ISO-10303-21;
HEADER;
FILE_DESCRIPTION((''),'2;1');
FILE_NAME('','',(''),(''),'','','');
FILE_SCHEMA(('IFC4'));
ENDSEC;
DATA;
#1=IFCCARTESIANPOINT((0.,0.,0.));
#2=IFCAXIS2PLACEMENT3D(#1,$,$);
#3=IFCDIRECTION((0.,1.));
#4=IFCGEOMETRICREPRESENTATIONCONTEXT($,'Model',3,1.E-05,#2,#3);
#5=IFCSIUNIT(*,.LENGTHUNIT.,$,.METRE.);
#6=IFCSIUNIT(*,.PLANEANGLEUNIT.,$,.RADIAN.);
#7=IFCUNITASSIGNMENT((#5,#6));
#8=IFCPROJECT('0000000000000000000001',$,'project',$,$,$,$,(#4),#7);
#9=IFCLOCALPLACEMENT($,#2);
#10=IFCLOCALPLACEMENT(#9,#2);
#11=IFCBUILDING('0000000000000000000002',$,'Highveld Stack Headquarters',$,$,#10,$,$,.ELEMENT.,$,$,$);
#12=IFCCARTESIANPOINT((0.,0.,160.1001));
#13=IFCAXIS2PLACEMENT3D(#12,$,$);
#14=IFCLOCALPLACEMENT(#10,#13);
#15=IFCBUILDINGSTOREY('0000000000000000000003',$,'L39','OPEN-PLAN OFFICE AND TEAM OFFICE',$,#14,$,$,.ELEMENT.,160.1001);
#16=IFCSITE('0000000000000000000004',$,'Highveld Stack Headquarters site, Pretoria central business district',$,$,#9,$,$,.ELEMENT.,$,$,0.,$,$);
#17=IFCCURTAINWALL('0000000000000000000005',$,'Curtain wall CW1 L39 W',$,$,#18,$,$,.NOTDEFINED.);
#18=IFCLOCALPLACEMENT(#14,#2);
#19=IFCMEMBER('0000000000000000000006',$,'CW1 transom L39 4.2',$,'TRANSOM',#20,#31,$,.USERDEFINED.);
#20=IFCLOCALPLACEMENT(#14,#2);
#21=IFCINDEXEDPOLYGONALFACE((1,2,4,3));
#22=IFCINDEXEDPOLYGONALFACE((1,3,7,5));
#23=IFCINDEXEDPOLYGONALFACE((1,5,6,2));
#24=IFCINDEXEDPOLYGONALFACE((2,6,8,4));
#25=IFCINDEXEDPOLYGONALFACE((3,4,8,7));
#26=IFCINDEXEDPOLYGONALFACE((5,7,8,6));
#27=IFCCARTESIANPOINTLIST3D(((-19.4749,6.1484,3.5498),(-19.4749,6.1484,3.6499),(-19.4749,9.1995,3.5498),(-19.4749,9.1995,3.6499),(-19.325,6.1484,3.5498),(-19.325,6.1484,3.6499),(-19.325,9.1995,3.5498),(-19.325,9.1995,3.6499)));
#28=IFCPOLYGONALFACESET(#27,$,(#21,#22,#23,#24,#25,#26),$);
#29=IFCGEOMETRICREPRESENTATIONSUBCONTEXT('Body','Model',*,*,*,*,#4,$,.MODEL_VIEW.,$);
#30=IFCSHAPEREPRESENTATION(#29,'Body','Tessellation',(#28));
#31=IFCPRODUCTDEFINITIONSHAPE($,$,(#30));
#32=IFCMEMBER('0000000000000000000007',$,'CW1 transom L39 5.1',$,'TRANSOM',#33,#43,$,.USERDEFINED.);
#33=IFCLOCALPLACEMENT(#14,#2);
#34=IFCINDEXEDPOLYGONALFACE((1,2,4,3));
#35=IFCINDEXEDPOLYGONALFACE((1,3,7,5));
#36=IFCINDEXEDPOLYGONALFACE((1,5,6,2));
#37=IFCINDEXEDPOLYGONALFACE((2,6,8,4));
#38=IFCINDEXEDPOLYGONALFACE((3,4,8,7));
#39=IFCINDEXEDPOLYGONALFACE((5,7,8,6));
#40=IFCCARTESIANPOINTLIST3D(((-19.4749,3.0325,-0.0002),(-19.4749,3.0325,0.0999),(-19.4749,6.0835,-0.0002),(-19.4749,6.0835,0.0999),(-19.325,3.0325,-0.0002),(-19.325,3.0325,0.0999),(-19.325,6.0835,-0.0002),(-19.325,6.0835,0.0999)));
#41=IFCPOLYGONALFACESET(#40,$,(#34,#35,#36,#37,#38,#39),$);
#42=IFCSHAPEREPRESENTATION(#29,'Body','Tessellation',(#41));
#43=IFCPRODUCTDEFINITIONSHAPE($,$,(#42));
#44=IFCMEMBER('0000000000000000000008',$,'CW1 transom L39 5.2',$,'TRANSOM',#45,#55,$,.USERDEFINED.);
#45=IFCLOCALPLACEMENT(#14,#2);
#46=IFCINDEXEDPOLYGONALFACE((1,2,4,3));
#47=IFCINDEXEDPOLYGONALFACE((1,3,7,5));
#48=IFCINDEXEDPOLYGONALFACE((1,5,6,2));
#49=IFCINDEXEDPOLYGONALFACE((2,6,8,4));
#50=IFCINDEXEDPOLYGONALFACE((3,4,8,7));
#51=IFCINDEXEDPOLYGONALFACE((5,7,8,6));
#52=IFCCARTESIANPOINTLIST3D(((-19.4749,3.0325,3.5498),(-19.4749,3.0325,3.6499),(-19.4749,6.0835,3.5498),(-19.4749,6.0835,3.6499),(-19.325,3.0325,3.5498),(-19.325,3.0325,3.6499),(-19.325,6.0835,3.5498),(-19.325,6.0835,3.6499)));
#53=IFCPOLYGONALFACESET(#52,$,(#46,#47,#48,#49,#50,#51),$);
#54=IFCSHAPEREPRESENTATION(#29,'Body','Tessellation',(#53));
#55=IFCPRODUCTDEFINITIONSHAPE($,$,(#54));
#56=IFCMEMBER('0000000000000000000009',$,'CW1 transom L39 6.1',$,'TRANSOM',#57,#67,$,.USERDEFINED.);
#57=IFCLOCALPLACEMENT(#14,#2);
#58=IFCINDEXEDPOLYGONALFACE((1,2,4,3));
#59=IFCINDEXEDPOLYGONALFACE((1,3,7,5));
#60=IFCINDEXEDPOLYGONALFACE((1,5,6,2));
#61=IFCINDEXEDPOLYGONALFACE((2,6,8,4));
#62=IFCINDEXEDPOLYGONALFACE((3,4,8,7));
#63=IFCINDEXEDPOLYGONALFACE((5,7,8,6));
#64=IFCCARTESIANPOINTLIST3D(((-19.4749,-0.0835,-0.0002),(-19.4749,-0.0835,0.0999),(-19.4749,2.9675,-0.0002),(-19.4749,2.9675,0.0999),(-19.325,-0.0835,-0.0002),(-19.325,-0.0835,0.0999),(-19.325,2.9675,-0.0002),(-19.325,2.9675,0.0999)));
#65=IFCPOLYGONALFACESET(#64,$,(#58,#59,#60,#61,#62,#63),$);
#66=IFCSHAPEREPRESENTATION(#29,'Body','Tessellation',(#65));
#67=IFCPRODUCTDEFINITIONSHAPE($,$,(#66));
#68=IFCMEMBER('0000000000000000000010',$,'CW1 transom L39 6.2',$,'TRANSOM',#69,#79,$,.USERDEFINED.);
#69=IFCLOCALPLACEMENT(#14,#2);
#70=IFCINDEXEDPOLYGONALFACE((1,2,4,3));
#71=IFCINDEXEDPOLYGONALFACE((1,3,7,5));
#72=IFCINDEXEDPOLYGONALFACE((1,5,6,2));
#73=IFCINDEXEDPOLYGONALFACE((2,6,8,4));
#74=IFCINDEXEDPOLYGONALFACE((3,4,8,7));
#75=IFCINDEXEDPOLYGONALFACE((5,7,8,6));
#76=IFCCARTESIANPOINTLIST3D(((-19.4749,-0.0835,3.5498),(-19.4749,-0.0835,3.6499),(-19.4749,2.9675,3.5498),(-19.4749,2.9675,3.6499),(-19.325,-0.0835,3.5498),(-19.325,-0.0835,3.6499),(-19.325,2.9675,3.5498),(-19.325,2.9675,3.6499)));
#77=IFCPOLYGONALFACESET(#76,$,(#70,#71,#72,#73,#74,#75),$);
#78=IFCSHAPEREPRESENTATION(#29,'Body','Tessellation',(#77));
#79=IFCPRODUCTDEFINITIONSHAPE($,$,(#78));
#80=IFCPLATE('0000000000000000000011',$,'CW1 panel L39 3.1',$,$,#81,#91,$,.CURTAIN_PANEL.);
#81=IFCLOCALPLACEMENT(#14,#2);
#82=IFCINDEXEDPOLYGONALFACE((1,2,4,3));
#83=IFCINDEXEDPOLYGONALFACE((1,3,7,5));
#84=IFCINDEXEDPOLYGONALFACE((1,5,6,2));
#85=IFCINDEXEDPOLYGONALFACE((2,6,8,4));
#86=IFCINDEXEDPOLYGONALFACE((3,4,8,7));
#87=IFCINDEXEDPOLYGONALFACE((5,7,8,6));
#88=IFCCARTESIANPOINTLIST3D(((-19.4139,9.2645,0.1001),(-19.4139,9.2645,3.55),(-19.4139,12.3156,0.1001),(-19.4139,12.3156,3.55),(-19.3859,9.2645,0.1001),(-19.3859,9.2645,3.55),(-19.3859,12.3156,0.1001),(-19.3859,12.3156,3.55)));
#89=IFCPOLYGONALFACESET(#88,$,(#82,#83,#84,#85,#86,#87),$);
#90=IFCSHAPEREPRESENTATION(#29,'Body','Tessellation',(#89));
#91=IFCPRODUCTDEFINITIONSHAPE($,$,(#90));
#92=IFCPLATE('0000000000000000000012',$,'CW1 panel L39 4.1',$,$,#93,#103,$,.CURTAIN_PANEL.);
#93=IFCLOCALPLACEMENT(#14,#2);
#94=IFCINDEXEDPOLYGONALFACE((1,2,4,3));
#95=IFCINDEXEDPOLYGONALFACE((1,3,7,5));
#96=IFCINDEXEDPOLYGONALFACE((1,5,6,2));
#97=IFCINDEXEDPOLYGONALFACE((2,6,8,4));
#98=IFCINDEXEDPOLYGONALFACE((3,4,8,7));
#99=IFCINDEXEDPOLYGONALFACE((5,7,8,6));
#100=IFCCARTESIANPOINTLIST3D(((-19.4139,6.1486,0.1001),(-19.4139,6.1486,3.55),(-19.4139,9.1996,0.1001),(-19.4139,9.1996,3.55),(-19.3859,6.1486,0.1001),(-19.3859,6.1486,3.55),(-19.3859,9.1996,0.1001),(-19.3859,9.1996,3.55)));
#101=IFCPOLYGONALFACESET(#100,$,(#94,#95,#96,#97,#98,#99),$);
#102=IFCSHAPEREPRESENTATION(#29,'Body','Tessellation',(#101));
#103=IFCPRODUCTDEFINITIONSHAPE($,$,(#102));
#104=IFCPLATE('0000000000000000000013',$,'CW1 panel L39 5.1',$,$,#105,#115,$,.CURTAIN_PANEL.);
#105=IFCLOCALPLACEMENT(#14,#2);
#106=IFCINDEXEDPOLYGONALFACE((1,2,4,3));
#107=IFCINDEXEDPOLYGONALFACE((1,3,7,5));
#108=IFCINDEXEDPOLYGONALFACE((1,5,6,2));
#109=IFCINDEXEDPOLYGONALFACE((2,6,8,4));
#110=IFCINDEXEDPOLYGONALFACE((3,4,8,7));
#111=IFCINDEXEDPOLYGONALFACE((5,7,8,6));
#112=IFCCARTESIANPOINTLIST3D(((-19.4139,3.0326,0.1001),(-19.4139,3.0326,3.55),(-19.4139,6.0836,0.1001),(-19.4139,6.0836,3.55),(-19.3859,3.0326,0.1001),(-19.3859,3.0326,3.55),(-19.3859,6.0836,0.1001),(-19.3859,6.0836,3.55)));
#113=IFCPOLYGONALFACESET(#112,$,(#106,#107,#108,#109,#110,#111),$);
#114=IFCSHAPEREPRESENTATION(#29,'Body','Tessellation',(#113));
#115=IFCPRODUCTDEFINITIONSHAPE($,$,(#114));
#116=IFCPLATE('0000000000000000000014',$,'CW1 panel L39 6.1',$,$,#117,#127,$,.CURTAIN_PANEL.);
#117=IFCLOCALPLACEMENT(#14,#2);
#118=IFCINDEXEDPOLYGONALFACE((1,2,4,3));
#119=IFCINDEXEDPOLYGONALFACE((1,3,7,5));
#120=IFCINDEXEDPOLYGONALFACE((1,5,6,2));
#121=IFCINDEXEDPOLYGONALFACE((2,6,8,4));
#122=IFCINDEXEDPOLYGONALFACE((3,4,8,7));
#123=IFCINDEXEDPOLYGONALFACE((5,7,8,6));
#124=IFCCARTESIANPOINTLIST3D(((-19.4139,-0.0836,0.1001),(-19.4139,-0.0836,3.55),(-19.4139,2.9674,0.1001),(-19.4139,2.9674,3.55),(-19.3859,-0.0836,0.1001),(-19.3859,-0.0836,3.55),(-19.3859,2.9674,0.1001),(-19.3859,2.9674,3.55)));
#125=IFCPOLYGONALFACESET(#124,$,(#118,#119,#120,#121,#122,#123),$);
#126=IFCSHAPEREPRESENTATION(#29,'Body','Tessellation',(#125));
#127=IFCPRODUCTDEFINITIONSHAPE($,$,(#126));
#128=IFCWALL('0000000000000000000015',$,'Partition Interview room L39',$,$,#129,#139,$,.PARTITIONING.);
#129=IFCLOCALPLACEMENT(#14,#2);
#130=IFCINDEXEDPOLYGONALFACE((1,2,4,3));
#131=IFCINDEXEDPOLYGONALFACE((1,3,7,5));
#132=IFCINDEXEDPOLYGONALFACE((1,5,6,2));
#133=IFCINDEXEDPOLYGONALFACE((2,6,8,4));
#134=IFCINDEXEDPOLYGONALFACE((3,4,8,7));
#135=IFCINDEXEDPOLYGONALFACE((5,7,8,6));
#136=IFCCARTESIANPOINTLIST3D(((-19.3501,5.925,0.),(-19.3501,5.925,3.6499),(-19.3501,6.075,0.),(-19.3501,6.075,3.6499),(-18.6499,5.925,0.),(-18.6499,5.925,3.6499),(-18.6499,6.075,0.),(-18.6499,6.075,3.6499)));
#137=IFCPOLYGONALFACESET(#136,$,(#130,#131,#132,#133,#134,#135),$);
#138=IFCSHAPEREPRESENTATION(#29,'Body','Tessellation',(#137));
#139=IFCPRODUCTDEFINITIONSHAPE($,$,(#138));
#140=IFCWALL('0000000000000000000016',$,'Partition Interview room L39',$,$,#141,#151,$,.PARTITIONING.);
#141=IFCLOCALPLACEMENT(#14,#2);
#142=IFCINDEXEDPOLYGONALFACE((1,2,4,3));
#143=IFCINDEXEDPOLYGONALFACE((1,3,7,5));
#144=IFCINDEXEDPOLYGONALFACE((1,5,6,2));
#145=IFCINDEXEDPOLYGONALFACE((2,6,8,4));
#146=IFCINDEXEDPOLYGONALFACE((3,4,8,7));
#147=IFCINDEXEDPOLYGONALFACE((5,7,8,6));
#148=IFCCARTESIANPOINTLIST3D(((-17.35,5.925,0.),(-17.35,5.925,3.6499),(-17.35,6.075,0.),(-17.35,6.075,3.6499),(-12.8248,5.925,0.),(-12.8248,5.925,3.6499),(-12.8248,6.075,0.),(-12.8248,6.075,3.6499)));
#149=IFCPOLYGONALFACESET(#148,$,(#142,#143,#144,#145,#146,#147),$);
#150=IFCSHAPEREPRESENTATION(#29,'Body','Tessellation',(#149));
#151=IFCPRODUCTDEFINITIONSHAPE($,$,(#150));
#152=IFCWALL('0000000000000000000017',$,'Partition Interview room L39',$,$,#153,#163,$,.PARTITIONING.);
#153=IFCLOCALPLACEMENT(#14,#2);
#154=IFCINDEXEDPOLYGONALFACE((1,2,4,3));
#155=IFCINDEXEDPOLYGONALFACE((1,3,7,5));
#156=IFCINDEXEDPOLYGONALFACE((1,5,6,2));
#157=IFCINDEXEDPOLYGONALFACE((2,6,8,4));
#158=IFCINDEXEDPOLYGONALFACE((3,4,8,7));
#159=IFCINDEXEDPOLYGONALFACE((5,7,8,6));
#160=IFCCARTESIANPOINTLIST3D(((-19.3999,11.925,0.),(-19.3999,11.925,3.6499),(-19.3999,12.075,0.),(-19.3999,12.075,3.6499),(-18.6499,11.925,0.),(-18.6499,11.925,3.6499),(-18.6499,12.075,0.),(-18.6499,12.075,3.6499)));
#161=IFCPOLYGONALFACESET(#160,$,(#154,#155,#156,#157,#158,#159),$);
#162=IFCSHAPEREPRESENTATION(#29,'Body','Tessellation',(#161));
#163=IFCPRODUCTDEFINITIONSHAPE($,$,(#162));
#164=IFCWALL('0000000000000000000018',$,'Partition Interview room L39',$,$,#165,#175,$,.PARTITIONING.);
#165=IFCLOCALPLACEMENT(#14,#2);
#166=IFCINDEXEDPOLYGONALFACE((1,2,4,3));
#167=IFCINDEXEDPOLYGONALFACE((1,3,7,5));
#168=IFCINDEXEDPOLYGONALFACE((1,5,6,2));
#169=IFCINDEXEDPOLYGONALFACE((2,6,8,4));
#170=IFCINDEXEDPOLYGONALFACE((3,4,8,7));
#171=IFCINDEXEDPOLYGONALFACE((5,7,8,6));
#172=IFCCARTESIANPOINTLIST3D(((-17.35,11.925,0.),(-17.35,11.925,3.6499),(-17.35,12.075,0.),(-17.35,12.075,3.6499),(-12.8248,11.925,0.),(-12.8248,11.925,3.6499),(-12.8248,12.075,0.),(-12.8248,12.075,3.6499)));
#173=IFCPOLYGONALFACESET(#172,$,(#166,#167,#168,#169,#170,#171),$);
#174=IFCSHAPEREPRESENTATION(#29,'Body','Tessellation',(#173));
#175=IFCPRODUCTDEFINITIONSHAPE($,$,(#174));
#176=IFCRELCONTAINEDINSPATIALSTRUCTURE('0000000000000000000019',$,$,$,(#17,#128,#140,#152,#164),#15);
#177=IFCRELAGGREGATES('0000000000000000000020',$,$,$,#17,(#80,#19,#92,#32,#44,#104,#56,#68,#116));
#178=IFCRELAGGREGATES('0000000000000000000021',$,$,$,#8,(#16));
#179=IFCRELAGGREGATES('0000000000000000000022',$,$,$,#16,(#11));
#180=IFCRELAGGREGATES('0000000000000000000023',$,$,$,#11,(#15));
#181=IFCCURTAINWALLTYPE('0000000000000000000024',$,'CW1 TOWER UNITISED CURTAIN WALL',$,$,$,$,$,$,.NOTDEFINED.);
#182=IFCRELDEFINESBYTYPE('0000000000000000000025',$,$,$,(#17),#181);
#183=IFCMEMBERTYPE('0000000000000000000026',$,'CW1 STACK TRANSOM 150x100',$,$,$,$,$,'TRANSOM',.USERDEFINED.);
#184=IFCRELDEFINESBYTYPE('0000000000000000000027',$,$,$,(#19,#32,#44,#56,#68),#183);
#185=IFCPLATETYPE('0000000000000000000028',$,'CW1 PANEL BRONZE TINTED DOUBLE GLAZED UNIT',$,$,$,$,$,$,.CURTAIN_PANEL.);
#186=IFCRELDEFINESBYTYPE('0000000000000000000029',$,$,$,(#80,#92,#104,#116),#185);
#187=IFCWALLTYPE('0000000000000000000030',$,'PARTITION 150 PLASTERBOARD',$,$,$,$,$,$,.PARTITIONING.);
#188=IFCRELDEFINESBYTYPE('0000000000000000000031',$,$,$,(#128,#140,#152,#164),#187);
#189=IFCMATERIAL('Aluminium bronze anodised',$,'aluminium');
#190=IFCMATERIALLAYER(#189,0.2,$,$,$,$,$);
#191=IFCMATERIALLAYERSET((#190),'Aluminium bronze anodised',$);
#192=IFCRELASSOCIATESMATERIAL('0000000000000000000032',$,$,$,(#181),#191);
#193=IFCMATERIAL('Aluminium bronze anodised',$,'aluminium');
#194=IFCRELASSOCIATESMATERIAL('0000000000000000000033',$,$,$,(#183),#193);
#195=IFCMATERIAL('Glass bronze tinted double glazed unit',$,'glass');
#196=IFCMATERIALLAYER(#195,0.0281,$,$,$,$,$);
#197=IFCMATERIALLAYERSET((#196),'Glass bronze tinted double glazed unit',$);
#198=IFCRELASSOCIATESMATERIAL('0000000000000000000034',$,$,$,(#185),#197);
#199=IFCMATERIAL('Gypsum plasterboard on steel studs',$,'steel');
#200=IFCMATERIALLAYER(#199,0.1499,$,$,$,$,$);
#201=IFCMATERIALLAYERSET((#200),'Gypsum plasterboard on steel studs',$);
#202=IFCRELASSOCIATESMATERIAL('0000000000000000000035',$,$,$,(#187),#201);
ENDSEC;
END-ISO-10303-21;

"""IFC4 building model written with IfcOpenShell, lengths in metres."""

from ifc_helpers import new_model, si_unit, direction, frame, frame_2d, origin, origin_2d, place, context, subcontext, project, spatial, rectangle, extrude, material, layer, layer_set, material_profile, profile_set, type_object, element, aggregate, save


model = new_model("IFC4")

# Units and contexts
model_context = context("Model", 3, precision=1e-05, world=origin(), true_north=direction((0.0, 1.0)))
body_context = subcontext(model_context, "Body", "Model", "MODEL_VIEW")
ifc_project = project(units=[si_unit("LENGTHUNIT", "METRE"), si_unit("PLANEANGLEUNIT", "RADIAN")], contexts=[model_context])

# Site, building, storey
site_placement = place(None, origin())
site = spatial("IfcSite", under=ifc_project, at=site_placement, Name="Highveld Stack Headquarters site, Pretoria central business district", CompositionType="ELEMENT", RefElevation=0.0)
building_placement = place(site_placement, origin())
building = spatial("IfcBuilding", under=site, at=building_placement, Name="Highveld Stack Headquarters", CompositionType="ELEMENT")
storey_placement = place(building_placement, frame((0.0, 0.0, 160.1001)))
storey = spatial("IfcBuildingStorey", under=building, at=storey_placement, Name="L39", Description="OPEN-PLAN OFFICE AND TEAM OFFICE", CompositionType="ELEMENT", Elevation=160.1001)

# Curtain wall, members, plates
ifc_material_1 = material(Name="Aluminium bronze anodised", Category="aluminium")
ifc_layer_1 = layer(ifc_material_1, 0.2)
ifc_layer_set_1 = layer_set([ifc_layer_1], Name="Aluminium bronze anodised")
curtain_wall_type = type_object("IfcCurtainWallType", Name="CW1 TOWER UNITISED CURTAIN WALL", PredefinedType="NOTDEFINED", material=ifc_layer_set_1)
curtain_wall_placement = place(storey_placement, origin())
curtain_wall = element("IfcCurtainWall", 1, at=curtain_wall_placement, inside=storey, type_object=curtain_wall_type, Name="Curtain wall CW1 L39 W", PredefinedType="NOTDEFINED")
ifc_material_2 = material(Name="Aluminium bronze anodised", Category="aluminium")
ifc_material_profile_1 = material_profile(ifc_material_2, rectangle(XDim=0.1499, YDim=0.1001, at=origin_2d()), Name="CW1 TRANSOM 150x100")
ifc_profile_set_1 = profile_set([ifc_material_profile_1], Name="Aluminium bronze anodised")
member_type_1 = type_object("IfcMemberType", Name="CW1 STACK TRANSOM 150x100", ElementType="TRANSOM", PredefinedType="USERDEFINED", material=ifc_profile_set_1)
member_1_placement = place(storey_placement, frame((-19.3999, 9.1995, 3.5999), z_axis=(0.0, -1.0, 0.0), x_axis=(1.0, 0.0, 0.0)))
member_1 = element("IfcMember", 2, at=member_1_placement, type_object=member_type_1, Name="CW1 transom L39 4.2", ObjectType="TRANSOM", PredefinedType="USERDEFINED", context=body_context, shape_type="SweptSolid", body=[
    extrude(rectangle(XDim=0.1499, YDim=0.1001, at=origin_2d()), origin(), (0.0, 0.0, 1.0), 3.051),
])
member_2_placement = place(storey_placement, frame((-19.3999, 6.0835, 0.0498), z_axis=(0.0, -1.0, 0.0), x_axis=(1.0, 0.0, 0.0)))
member_2 = element("IfcMember", 3, at=member_2_placement, type_object=member_type_1, Name="CW1 transom L39 5.1", ObjectType="TRANSOM", PredefinedType="USERDEFINED", context=body_context, shape_type="SweptSolid", body=[
    extrude(rectangle(XDim=0.1499, YDim=0.1001, at=origin_2d()), origin(), (0.0, 0.0, 1.0), 3.051),
])
member_3_placement = place(storey_placement, frame((-19.3999, 6.0835, 3.5999), z_axis=(0.0, -1.0, 0.0), x_axis=(1.0, 0.0, 0.0)))
member_3 = element("IfcMember", 4, at=member_3_placement, type_object=member_type_1, Name="CW1 transom L39 5.2", ObjectType="TRANSOM", PredefinedType="USERDEFINED", context=body_context, shape_type="SweptSolid", body=[
    extrude(rectangle(XDim=0.1499, YDim=0.1001, at=origin_2d()), origin(), (0.0, 0.0, 1.0), 3.051),
])
member_4_placement = place(storey_placement, frame((-19.3999, 2.9675, 0.0498), z_axis=(0.0, -1.0, 0.0), x_axis=(1.0, 0.0, 0.0)))
member_4 = element("IfcMember", 5, at=member_4_placement, type_object=member_type_1, Name="CW1 transom L39 6.1", ObjectType="TRANSOM", PredefinedType="USERDEFINED", context=body_context, shape_type="SweptSolid", body=[
    extrude(rectangle(XDim=0.1499, YDim=0.1001, at=origin_2d()), origin(), (0.0, 0.0, 1.0), 3.051),
])
member_5_placement = place(storey_placement, frame((-19.3999, 2.9675, 3.5999), z_axis=(0.0, -1.0, 0.0), x_axis=(1.0, 0.0, 0.0)))
member_5 = element("IfcMember", 6, at=member_5_placement, type_object=member_type_1, Name="CW1 transom L39 6.2", ObjectType="TRANSOM", PredefinedType="USERDEFINED", context=body_context, shape_type="SweptSolid", body=[
    extrude(rectangle(XDim=0.1499, YDim=0.1001, at=origin_2d()), origin(), (0.0, 0.0, 1.0), 3.051),
])
ifc_material_3 = material(Name="Glass bronze tinted double glazed unit", Category="glass")
ifc_layer_2 = layer(ifc_material_3, 0.0281)
ifc_layer_set_2 = layer_set([ifc_layer_2], Name="Glass bronze tinted double glazed unit")
plate_type = type_object("IfcPlateType", Name="CW1 PANEL BRONZE TINTED DOUBLE GLAZED UNIT", PredefinedType="CURTAIN_PANEL", material=ifc_layer_set_2)
plate_1_placement = place(storey_placement, frame((-19.3999, 10.79, 0.1001), z_axis=(0.0, 0.0, 1.0), x_axis=(0.0, -1.0, 0.0)))
plate_1 = element("IfcPlate", 7, at=plate_1_placement, type_object=plate_type, Name="CW1 panel L39 3.1", PredefinedType="CURTAIN_PANEL", context=body_context, shape_type="SweptSolid", body=[
    extrude(rectangle(XDim=3.051, YDim=0.0281, at=origin_2d()), origin(), (0.0, 0.0, 1.0), 3.45),
])
plate_2_placement = place(storey_placement, frame((-19.3999, 7.6741, 0.1001), z_axis=(0.0, 0.0, 1.0), x_axis=(0.0, -1.0, 0.0)))
plate_2 = element("IfcPlate", 8, at=plate_2_placement, type_object=plate_type, Name="CW1 panel L39 4.1", PredefinedType="CURTAIN_PANEL", context=body_context, shape_type="SweptSolid", body=[
    extrude(rectangle(XDim=3.051, YDim=0.0281, at=origin_2d()), origin(), (0.0, 0.0, 1.0), 3.45),
])
plate_3_placement = place(storey_placement, frame((-19.3999, 4.5581, 0.1001), z_axis=(0.0, 0.0, 1.0), x_axis=(0.0, -1.0, 0.0)))
plate_3 = element("IfcPlate", 9, at=plate_3_placement, type_object=plate_type, Name="CW1 panel L39 5.1", PredefinedType="CURTAIN_PANEL", context=body_context, shape_type="SweptSolid", body=[
    extrude(rectangle(XDim=3.051, YDim=0.0281, at=origin_2d()), origin(), (0.0, 0.0, 1.0), 3.45),
])
plate_4_placement = place(storey_placement, frame((-19.3999, 1.4419, 0.1001), z_axis=(0.0, 0.0, 1.0), x_axis=(0.0, -1.0, 0.0)))
plate_4 = element("IfcPlate", 10, at=plate_4_placement, type_object=plate_type, Name="CW1 panel L39 6.1", PredefinedType="CURTAIN_PANEL", context=body_context, shape_type="SweptSolid", body=[
    extrude(rectangle(XDim=3.051, YDim=0.0281, at=origin_2d()), origin(), (0.0, 0.0, 1.0), 3.45),
])
aggregate(curtain_wall, [plate_1, member_1, plate_2, member_2, member_3, plate_3, member_4, member_5, plate_4])

# Walls
ifc_material_4 = material(Name="Gypsum plasterboard on steel studs", Category="steel")
ifc_layer_3 = layer(ifc_material_4, 0.1499)
ifc_layer_set_3 = layer_set([ifc_layer_3], Name="Gypsum plasterboard on steel studs")
wall_type = type_object("IfcWallType", Name="PARTITION 150 PLASTERBOARD", PredefinedType="PARTITIONING", material=ifc_layer_set_3)
wall_1_placement = place(storey_placement, frame((-19.3501, 6.0, 0.0), z_axis=(0.0, 0.0, 1.0), x_axis=(1.0, 0.0, 0.0)))
element("IfcWall", 11, at=wall_1_placement, inside=storey, type_object=wall_type, Name="Partition Interview room L39", PredefinedType="PARTITIONING", context=body_context, shape_type="SweptSolid", body=[
    extrude(rectangle(XDim=0.7002, YDim=0.1499, at=frame_2d((0.3501, 0.0))), origin(), (0.0, 0.0, 1.0), 3.6499),
])
wall_2_placement = place(storey_placement, frame((-17.3501, 6.0, 0.0), z_axis=(0.0, 0.0, 1.0), x_axis=(1.0, 0.0, 0.0)))
element("IfcWall", 12, at=wall_2_placement, inside=storey, type_object=wall_type, Name="Partition Interview room L39", PredefinedType="PARTITIONING", context=body_context, shape_type="SweptSolid", body=[
    extrude(rectangle(XDim=4.5251, YDim=0.1499, at=frame_2d((2.2627, 0.0))), origin(), (0.0, 0.0, 1.0), 3.6499),
])
wall_3_placement = place(storey_placement, frame((-19.3999, 12.0, 0.0), z_axis=(0.0, 0.0, 1.0), x_axis=(1.0, 0.0, 0.0)))
element("IfcWall", 13, at=wall_3_placement, inside=storey, type_object=wall_type, Name="Partition Interview room L39", PredefinedType="PARTITIONING", context=body_context, shape_type="SweptSolid", body=[
    extrude(rectangle(XDim=0.75, YDim=0.1499, at=frame_2d((0.375, 0.0))), origin(), (0.0, 0.0, 1.0), 3.6499),
])
wall_4_placement = place(storey_placement, frame((-17.3501, 12.0, 0.0), z_axis=(0.0, 0.0, 1.0), x_axis=(1.0, 0.0, 0.0)))
element("IfcWall", 14, at=wall_4_placement, inside=storey, type_object=wall_type, Name="Partition Interview room L39", PredefinedType="PARTITIONING", context=body_context, shape_type="SweptSolid", body=[
    extrude(rectangle(XDim=4.5251, YDim=0.1499, at=frame_2d((2.2627, 0.0))), origin(), (0.0, 0.0, 1.0), 3.6499),
])

save(model, "model.ifc")
